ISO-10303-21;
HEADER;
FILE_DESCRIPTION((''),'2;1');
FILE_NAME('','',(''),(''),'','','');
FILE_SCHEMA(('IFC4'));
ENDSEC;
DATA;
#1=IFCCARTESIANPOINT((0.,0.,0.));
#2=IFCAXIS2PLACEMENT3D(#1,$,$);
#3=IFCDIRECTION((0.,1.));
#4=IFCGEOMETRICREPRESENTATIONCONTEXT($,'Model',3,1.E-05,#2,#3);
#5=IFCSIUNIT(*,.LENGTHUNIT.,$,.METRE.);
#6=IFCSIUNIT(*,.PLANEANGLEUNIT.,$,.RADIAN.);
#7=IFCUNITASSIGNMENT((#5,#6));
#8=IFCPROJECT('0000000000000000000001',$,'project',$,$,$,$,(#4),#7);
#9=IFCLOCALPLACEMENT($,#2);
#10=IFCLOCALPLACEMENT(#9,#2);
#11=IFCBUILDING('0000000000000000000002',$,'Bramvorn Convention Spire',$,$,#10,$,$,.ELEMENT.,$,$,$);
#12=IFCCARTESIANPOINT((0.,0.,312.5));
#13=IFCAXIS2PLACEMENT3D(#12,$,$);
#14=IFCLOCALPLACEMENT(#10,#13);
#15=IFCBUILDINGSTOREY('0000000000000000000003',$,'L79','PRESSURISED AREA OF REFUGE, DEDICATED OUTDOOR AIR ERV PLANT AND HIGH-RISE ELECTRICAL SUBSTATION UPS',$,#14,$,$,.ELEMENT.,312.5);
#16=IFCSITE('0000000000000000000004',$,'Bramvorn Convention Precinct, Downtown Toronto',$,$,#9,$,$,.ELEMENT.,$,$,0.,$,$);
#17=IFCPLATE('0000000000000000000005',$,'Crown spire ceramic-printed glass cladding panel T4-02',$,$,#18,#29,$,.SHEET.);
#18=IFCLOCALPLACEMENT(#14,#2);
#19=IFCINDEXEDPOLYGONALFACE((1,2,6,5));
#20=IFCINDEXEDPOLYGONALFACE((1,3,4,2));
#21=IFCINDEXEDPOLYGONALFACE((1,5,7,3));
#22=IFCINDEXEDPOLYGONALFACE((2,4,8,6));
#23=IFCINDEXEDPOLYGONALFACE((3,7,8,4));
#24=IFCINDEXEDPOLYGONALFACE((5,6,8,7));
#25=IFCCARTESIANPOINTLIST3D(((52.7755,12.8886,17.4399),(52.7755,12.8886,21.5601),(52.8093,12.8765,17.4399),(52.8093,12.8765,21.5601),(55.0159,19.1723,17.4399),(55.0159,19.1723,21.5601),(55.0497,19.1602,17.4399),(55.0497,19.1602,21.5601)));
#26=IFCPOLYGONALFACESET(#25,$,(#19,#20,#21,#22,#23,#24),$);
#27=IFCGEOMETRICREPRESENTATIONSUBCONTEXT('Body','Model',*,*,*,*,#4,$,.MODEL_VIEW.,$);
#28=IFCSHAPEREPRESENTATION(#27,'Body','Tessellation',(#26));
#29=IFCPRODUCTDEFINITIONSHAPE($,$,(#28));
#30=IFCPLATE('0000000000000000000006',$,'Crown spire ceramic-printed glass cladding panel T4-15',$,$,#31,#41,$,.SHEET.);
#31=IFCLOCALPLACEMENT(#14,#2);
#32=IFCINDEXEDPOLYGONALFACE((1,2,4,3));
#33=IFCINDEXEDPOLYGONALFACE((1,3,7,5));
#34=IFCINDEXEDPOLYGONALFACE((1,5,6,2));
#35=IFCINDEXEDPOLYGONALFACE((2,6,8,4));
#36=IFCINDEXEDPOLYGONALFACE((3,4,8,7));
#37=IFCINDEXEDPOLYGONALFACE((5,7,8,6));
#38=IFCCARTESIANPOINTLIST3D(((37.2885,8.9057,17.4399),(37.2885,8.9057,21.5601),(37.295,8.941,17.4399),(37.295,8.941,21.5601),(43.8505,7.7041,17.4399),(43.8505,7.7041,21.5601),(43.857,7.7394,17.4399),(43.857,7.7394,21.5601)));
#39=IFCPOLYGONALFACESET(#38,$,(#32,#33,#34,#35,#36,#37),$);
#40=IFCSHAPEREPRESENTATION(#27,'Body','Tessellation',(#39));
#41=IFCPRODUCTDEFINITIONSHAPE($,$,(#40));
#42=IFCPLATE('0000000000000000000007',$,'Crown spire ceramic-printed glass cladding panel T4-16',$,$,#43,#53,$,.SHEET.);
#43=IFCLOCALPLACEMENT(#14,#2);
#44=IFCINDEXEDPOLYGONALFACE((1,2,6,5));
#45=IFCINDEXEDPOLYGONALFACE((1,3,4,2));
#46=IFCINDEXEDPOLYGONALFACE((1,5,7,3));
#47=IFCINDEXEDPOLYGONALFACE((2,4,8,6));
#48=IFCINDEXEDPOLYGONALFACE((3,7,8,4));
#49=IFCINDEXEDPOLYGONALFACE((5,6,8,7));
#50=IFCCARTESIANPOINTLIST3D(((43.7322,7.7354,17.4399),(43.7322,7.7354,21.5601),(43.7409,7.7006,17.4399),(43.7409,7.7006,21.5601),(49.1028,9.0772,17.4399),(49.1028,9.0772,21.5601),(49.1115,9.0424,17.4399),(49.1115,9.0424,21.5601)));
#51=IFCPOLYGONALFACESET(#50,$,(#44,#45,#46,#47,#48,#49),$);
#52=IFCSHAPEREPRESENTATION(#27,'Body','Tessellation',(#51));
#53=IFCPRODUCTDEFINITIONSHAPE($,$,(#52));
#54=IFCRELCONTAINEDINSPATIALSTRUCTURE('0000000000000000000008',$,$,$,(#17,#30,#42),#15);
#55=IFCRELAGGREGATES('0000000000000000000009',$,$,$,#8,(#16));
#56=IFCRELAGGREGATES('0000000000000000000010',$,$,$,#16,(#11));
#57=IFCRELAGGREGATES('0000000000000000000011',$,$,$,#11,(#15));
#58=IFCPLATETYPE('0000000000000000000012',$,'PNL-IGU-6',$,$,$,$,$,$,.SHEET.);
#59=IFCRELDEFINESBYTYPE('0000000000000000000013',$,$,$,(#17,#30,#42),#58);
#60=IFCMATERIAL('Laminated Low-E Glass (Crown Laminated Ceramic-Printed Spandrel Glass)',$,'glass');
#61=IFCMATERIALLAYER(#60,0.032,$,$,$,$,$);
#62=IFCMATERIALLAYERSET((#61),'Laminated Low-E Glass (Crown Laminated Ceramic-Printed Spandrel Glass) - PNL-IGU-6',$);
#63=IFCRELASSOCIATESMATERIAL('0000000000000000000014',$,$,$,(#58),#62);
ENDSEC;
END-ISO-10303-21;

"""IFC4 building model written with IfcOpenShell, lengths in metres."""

from ifc_helpers import new_model, si_unit, direction, frame, origin, origin_2d, place, context, subcontext, project, spatial, rectangle, extrude, material, layer, layer_set, type_object, element, save


model = new_model("IFC4")

# Units and contexts
model_context = context("Model", 3, precision=1e-05, world=origin(), true_north=direction((0.0, 1.0)))
body_context = subcontext(model_context, "Body", "Model", "MODEL_VIEW")
ifc_project = project(units=[si_unit("LENGTHUNIT", "METRE"), si_unit("PLANEANGLEUNIT", "RADIAN")], contexts=[model_context])

# Site, building, storey
site_placement = place(None, origin())
site = spatial("IfcSite", under=ifc_project, at=site_placement, Name="Bramvorn Convention Precinct, Downtown Toronto", CompositionType="ELEMENT", RefElevation=0.0)
building_placement = place(site_placement, origin())
building = spatial("IfcBuilding", under=site, at=building_placement, Name="Bramvorn Convention Spire", CompositionType="ELEMENT")
storey_placement = place(building_placement, frame((0.0, 0.0, 312.5)))
storey = spatial("IfcBuildingStorey", under=building, at=storey_placement, Name="L79", Description="PRESSURISED AREA OF REFUGE, DEDICATED OUTDOOR AIR ERV PLANT AND HIGH-RISE ELECTRICAL SUBSTATION UPS", CompositionType="ELEMENT", Elevation=312.5)

# Plates
ifc_material_1 = material(Name="Laminated Low-E Glass (Crown Laminated Ceramic-Printed Spandrel Glass)", Category="glass")
ifc_layer_1 = layer(ifc_material_1, 0.032)
ifc_layer_set_1 = layer_set([ifc_layer_1], Name="Laminated Low-E Glass (Crown Laminated Ceramic-Printed Spandrel Glass) - PNL-IGU-6")
plate_type_1 = type_object("IfcPlateType", Name="PNL-IGU-6", PredefinedType="SHEET", material=ifc_layer_set_1)
for number, where, z_axis, x_axis, name in (
    (1, (53.9126, 16.0244, 17.4399), (0.0, 0.0, 1.0), (0.335833, 0.941922, 0.0), "Crown spire ceramic-printed glass cladding panel T4-02"),
    (2, (40.5728, 8.3225, 17.4399), (0.0, 0.0, 1.0), (0.983644, -0.180121, 0.0), "Crown spire ceramic-printed glass cladding panel T4-15"),
):
    element("IfcPlate", number, at=place(storey_placement, frame(where, z_axis=z_axis, x_axis=x_axis)), inside=storey, type_object=plate_type_1, Name=name, PredefinedType="SHEET", context=body_context, shape_type="SweptSolid", body=[
        extrude(rectangle(XDim=6.6711, YDim=0.0359, at=origin_2d()), origin(), (0.0, 0.0, 1.0), 4.1201),
    ])
plate_1_placement = place(storey_placement, frame((46.4219, 8.3889, 17.4399), z_axis=(0.0, 0.0, 1.0), x_axis=(0.970178, 0.242394, 0.0)))
element("IfcPlate", 3, at=plate_1_placement, inside=storey, type_object=plate_type_1, Name="Crown spire ceramic-printed glass cladding panel T4-16", PredefinedType="SHEET", context=body_context, shape_type="SweptSolid", body=[
    extrude(rectangle(XDim=5.5356, YDim=0.0359, at=origin_2d()), origin(), (0.0, 0.0, 1.0), 4.1201),
])

save(model, "model.ifc")
